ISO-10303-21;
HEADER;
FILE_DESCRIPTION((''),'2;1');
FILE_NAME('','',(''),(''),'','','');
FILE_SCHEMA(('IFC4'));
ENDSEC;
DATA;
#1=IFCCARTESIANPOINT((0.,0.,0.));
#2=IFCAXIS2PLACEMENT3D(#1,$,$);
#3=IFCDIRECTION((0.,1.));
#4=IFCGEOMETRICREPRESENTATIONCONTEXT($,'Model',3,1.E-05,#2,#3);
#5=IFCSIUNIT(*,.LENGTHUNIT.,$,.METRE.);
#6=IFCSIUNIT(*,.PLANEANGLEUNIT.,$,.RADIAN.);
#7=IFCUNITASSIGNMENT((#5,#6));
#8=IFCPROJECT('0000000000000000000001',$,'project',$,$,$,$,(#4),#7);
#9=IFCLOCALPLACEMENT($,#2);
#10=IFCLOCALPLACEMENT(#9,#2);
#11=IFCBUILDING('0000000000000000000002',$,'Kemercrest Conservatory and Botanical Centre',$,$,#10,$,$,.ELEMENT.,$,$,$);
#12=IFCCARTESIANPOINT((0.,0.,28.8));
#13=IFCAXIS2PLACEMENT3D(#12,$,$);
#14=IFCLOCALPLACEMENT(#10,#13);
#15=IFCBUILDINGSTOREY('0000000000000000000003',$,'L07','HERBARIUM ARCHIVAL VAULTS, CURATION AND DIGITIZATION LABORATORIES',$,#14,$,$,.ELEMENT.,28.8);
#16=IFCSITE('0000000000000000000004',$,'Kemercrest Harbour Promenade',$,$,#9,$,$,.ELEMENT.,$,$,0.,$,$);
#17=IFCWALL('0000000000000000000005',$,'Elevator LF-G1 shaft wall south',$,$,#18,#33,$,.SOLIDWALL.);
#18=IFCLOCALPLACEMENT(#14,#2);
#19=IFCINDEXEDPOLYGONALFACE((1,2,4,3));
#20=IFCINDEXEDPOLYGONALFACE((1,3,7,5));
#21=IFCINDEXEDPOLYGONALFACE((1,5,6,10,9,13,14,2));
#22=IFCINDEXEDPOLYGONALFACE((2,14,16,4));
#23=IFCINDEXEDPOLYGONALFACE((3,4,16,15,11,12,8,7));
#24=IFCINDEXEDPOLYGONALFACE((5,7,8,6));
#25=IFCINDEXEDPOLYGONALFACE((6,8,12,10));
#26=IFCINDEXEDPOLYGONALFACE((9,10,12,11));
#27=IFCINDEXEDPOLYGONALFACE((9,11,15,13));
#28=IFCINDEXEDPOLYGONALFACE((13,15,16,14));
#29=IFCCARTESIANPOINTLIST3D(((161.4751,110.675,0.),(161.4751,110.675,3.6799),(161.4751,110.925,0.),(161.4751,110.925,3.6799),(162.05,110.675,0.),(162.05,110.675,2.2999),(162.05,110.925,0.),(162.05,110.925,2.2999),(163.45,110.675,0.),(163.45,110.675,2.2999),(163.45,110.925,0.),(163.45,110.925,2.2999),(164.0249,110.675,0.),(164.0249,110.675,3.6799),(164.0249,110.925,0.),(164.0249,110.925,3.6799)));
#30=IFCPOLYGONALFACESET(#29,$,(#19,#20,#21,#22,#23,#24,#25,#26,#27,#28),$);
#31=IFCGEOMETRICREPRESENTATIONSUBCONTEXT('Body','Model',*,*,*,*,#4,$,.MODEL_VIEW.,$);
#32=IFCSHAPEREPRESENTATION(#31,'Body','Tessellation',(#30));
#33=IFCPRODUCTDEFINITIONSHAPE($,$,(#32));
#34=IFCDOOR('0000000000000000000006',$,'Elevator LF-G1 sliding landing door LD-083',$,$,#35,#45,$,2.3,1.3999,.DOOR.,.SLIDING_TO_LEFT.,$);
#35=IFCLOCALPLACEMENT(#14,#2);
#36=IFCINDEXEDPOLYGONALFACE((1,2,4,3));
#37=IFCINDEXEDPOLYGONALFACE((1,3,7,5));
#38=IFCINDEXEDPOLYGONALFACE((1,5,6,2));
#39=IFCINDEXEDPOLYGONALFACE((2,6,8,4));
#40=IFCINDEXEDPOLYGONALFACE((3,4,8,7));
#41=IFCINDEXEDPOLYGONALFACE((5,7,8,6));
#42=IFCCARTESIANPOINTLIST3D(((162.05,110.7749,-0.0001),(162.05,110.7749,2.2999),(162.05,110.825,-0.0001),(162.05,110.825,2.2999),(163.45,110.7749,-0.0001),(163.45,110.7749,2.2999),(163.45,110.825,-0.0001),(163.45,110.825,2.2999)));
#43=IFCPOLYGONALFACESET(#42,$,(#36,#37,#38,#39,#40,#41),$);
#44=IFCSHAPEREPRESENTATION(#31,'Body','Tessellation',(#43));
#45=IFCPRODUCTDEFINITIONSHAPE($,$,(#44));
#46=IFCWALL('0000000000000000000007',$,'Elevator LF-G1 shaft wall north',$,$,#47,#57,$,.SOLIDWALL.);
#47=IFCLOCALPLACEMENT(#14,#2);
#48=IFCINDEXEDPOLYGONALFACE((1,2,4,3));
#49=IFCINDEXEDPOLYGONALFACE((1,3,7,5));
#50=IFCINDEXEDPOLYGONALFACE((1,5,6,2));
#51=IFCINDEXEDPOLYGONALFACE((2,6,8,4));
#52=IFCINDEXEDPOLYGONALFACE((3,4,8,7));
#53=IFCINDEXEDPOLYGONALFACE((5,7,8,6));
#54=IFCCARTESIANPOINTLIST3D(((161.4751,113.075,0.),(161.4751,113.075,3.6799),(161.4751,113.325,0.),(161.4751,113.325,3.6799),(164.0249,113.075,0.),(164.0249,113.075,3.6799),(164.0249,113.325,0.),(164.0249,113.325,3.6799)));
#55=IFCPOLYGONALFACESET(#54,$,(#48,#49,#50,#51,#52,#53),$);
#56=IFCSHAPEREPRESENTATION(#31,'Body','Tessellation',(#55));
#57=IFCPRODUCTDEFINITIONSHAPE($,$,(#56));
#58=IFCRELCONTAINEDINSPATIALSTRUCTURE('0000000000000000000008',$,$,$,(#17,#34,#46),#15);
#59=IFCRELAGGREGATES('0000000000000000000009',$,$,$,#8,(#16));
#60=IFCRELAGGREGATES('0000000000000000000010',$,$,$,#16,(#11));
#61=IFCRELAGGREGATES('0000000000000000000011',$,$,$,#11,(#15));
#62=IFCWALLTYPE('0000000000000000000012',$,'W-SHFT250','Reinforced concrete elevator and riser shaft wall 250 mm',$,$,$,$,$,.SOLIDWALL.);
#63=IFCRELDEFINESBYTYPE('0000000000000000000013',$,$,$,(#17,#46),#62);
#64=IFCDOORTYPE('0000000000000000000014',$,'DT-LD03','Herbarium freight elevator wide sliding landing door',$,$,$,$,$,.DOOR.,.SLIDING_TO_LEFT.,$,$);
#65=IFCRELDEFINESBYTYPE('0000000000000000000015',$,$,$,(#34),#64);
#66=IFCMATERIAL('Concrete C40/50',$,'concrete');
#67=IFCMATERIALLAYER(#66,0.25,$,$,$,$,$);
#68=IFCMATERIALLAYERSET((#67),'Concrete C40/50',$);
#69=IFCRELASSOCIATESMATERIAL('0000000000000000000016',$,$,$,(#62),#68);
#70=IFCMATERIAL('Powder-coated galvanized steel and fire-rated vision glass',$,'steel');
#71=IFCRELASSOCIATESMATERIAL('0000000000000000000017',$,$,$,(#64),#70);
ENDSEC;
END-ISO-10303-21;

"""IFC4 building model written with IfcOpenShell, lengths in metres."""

from ifc_helpers import new_model, si_unit, direction, frame, frame_2d, origin, place, context, subcontext, project, spatial, rectangle, extrude, material, layer, layer_set, type_object, element, fill, save


model = new_model("IFC4")

# Units and contexts
model_context = context("Model", 3, precision=1e-05, world=origin(), true_north=direction((0.0, 1.0)))
body_context = subcontext(model_context, "Body", "Model", "MODEL_VIEW")
ifc_project = project(units=[si_unit("LENGTHUNIT", "METRE"), si_unit("PLANEANGLEUNIT", "RADIAN")], contexts=[model_context])

# Site, building, storey
site_placement = place(None, origin())
site = spatial("IfcSite", under=ifc_project, at=site_placement, Name="Kemercrest Harbour Promenade", CompositionType="ELEMENT", RefElevation=0.0)
building_placement = place(site_placement, origin())
building = spatial("IfcBuilding", under=site, at=building_placement, Name="Kemercrest Conservatory and Botanical Centre", CompositionType="ELEMENT")
storey_placement = place(building_placement, frame((0.0, 0.0, 28.8)))
storey = spatial("IfcBuildingStorey", under=building, at=storey_placement, Name="L07", Description="HERBARIUM ARCHIVAL VAULTS, CURATION AND DIGITIZATION LABORATORIES", CompositionType="ELEMENT", Elevation=28.8)

# Shared definitions
ifc_material_1 = material(Name="Concrete C40/50", Category="concrete")

# Shared definitions
ifc_layer_1 = layer(ifc_material_1, 0.25)
ifc_layer_set_1 = layer_set([ifc_layer_1], Name="Concrete C40/50")
wall_type_1 = type_object("IfcWallType", Name="W-SHFT250", Description="Reinforced concrete elevator and riser shaft wall 250 mm", PredefinedType="SOLIDWALL", material=ifc_layer_set_1)
ifc_material_2 = material(Name="Powder-coated galvanized steel and fire-rated vision glass", Category="steel")

# Wall, opening, door
wall_1_placement = place(storey_placement, frame((161.4751, 110.8, 0.0), z_axis=(0.0, 0.0, 1.0), x_axis=(1.0, 0.0, 0.0)))
wall_1 = element("IfcWall", 1, at=wall_1_placement, inside=storey, type_object=wall_type_1, Name="Elevator LF-G1 shaft wall south", PredefinedType="SOLIDWALL", context=body_context, shape_type="SweptSolid", body=[
    extrude(rectangle(XDim=2.5498, YDim=0.25, at=frame_2d((1.2749, 0.0))), origin(), (0.0, 0.0, 1.0), 3.6799),
])
opening_1_placement = place(wall_1_placement, frame((0.575, 0.0, 0.0)))
opening_1 = element("IfcOpeningElement", 2, at=opening_1_placement, cuts=wall_1, PredefinedType="OPENING", context=body_context, shape_type="SweptSolid", body=[
    extrude(rectangle(XDim=1.3999, YDim=2.3, at=frame_2d((0.7, 1.1499))), frame((0.0, 0.135, 0.0), z_axis=(0.0, -1.0, 0.0), x_axis=(1.0, 0.0, 0.0)), (0.0, 0.0, 1.0), 0.27),
])
door_type_1 = type_object("IfcDoorType", Name="DT-LD03", Description="Herbarium freight elevator wide sliding landing door", OperationType="SLIDING_TO_LEFT", PredefinedType="DOOR", material=ifc_material_2)
door_1_placement = place(opening_1_placement, origin())
door_1 = element("IfcDoor", 3, at=door_1_placement, inside=storey, type_object=door_type_1, Name="Elevator LF-G1 sliding landing door LD-083", OperationType="SLIDING_TO_LEFT", OverallHeight=2.3, OverallWidth=1.3999, PredefinedType="DOOR", context=body_context, shape_type="SweptSolid", body=[
    extrude(rectangle(XDim=1.3999, YDim=2.3, at=frame_2d((0.7, 1.1499))), frame((0.0, 0.0249, 0.0), z_axis=(0.0, -1.0, 0.0), x_axis=(1.0, 0.0, 0.0)), (0.0, 0.0, 1.0), 0.05),
])
fill(opening_1, door_1)

# Wall
wall_2_placement = place(storey_placement, frame((161.4751, 113.2, 0.0), z_axis=(0.0, 0.0, 1.0), x_axis=(1.0, 0.0, 0.0)))
element("IfcWall", 4, at=wall_2_placement, inside=storey, type_object=wall_type_1, Name="Elevator LF-G1 shaft wall north", PredefinedType="SOLIDWALL", context=body_context, shape_type="SweptSolid", body=[
    extrude(rectangle(XDim=2.5498, YDim=0.25, at=frame_2d((1.2749, 0.0))), origin(), (0.0, 0.0, 1.0), 3.6799),
])

save(model, "model.ifc")
